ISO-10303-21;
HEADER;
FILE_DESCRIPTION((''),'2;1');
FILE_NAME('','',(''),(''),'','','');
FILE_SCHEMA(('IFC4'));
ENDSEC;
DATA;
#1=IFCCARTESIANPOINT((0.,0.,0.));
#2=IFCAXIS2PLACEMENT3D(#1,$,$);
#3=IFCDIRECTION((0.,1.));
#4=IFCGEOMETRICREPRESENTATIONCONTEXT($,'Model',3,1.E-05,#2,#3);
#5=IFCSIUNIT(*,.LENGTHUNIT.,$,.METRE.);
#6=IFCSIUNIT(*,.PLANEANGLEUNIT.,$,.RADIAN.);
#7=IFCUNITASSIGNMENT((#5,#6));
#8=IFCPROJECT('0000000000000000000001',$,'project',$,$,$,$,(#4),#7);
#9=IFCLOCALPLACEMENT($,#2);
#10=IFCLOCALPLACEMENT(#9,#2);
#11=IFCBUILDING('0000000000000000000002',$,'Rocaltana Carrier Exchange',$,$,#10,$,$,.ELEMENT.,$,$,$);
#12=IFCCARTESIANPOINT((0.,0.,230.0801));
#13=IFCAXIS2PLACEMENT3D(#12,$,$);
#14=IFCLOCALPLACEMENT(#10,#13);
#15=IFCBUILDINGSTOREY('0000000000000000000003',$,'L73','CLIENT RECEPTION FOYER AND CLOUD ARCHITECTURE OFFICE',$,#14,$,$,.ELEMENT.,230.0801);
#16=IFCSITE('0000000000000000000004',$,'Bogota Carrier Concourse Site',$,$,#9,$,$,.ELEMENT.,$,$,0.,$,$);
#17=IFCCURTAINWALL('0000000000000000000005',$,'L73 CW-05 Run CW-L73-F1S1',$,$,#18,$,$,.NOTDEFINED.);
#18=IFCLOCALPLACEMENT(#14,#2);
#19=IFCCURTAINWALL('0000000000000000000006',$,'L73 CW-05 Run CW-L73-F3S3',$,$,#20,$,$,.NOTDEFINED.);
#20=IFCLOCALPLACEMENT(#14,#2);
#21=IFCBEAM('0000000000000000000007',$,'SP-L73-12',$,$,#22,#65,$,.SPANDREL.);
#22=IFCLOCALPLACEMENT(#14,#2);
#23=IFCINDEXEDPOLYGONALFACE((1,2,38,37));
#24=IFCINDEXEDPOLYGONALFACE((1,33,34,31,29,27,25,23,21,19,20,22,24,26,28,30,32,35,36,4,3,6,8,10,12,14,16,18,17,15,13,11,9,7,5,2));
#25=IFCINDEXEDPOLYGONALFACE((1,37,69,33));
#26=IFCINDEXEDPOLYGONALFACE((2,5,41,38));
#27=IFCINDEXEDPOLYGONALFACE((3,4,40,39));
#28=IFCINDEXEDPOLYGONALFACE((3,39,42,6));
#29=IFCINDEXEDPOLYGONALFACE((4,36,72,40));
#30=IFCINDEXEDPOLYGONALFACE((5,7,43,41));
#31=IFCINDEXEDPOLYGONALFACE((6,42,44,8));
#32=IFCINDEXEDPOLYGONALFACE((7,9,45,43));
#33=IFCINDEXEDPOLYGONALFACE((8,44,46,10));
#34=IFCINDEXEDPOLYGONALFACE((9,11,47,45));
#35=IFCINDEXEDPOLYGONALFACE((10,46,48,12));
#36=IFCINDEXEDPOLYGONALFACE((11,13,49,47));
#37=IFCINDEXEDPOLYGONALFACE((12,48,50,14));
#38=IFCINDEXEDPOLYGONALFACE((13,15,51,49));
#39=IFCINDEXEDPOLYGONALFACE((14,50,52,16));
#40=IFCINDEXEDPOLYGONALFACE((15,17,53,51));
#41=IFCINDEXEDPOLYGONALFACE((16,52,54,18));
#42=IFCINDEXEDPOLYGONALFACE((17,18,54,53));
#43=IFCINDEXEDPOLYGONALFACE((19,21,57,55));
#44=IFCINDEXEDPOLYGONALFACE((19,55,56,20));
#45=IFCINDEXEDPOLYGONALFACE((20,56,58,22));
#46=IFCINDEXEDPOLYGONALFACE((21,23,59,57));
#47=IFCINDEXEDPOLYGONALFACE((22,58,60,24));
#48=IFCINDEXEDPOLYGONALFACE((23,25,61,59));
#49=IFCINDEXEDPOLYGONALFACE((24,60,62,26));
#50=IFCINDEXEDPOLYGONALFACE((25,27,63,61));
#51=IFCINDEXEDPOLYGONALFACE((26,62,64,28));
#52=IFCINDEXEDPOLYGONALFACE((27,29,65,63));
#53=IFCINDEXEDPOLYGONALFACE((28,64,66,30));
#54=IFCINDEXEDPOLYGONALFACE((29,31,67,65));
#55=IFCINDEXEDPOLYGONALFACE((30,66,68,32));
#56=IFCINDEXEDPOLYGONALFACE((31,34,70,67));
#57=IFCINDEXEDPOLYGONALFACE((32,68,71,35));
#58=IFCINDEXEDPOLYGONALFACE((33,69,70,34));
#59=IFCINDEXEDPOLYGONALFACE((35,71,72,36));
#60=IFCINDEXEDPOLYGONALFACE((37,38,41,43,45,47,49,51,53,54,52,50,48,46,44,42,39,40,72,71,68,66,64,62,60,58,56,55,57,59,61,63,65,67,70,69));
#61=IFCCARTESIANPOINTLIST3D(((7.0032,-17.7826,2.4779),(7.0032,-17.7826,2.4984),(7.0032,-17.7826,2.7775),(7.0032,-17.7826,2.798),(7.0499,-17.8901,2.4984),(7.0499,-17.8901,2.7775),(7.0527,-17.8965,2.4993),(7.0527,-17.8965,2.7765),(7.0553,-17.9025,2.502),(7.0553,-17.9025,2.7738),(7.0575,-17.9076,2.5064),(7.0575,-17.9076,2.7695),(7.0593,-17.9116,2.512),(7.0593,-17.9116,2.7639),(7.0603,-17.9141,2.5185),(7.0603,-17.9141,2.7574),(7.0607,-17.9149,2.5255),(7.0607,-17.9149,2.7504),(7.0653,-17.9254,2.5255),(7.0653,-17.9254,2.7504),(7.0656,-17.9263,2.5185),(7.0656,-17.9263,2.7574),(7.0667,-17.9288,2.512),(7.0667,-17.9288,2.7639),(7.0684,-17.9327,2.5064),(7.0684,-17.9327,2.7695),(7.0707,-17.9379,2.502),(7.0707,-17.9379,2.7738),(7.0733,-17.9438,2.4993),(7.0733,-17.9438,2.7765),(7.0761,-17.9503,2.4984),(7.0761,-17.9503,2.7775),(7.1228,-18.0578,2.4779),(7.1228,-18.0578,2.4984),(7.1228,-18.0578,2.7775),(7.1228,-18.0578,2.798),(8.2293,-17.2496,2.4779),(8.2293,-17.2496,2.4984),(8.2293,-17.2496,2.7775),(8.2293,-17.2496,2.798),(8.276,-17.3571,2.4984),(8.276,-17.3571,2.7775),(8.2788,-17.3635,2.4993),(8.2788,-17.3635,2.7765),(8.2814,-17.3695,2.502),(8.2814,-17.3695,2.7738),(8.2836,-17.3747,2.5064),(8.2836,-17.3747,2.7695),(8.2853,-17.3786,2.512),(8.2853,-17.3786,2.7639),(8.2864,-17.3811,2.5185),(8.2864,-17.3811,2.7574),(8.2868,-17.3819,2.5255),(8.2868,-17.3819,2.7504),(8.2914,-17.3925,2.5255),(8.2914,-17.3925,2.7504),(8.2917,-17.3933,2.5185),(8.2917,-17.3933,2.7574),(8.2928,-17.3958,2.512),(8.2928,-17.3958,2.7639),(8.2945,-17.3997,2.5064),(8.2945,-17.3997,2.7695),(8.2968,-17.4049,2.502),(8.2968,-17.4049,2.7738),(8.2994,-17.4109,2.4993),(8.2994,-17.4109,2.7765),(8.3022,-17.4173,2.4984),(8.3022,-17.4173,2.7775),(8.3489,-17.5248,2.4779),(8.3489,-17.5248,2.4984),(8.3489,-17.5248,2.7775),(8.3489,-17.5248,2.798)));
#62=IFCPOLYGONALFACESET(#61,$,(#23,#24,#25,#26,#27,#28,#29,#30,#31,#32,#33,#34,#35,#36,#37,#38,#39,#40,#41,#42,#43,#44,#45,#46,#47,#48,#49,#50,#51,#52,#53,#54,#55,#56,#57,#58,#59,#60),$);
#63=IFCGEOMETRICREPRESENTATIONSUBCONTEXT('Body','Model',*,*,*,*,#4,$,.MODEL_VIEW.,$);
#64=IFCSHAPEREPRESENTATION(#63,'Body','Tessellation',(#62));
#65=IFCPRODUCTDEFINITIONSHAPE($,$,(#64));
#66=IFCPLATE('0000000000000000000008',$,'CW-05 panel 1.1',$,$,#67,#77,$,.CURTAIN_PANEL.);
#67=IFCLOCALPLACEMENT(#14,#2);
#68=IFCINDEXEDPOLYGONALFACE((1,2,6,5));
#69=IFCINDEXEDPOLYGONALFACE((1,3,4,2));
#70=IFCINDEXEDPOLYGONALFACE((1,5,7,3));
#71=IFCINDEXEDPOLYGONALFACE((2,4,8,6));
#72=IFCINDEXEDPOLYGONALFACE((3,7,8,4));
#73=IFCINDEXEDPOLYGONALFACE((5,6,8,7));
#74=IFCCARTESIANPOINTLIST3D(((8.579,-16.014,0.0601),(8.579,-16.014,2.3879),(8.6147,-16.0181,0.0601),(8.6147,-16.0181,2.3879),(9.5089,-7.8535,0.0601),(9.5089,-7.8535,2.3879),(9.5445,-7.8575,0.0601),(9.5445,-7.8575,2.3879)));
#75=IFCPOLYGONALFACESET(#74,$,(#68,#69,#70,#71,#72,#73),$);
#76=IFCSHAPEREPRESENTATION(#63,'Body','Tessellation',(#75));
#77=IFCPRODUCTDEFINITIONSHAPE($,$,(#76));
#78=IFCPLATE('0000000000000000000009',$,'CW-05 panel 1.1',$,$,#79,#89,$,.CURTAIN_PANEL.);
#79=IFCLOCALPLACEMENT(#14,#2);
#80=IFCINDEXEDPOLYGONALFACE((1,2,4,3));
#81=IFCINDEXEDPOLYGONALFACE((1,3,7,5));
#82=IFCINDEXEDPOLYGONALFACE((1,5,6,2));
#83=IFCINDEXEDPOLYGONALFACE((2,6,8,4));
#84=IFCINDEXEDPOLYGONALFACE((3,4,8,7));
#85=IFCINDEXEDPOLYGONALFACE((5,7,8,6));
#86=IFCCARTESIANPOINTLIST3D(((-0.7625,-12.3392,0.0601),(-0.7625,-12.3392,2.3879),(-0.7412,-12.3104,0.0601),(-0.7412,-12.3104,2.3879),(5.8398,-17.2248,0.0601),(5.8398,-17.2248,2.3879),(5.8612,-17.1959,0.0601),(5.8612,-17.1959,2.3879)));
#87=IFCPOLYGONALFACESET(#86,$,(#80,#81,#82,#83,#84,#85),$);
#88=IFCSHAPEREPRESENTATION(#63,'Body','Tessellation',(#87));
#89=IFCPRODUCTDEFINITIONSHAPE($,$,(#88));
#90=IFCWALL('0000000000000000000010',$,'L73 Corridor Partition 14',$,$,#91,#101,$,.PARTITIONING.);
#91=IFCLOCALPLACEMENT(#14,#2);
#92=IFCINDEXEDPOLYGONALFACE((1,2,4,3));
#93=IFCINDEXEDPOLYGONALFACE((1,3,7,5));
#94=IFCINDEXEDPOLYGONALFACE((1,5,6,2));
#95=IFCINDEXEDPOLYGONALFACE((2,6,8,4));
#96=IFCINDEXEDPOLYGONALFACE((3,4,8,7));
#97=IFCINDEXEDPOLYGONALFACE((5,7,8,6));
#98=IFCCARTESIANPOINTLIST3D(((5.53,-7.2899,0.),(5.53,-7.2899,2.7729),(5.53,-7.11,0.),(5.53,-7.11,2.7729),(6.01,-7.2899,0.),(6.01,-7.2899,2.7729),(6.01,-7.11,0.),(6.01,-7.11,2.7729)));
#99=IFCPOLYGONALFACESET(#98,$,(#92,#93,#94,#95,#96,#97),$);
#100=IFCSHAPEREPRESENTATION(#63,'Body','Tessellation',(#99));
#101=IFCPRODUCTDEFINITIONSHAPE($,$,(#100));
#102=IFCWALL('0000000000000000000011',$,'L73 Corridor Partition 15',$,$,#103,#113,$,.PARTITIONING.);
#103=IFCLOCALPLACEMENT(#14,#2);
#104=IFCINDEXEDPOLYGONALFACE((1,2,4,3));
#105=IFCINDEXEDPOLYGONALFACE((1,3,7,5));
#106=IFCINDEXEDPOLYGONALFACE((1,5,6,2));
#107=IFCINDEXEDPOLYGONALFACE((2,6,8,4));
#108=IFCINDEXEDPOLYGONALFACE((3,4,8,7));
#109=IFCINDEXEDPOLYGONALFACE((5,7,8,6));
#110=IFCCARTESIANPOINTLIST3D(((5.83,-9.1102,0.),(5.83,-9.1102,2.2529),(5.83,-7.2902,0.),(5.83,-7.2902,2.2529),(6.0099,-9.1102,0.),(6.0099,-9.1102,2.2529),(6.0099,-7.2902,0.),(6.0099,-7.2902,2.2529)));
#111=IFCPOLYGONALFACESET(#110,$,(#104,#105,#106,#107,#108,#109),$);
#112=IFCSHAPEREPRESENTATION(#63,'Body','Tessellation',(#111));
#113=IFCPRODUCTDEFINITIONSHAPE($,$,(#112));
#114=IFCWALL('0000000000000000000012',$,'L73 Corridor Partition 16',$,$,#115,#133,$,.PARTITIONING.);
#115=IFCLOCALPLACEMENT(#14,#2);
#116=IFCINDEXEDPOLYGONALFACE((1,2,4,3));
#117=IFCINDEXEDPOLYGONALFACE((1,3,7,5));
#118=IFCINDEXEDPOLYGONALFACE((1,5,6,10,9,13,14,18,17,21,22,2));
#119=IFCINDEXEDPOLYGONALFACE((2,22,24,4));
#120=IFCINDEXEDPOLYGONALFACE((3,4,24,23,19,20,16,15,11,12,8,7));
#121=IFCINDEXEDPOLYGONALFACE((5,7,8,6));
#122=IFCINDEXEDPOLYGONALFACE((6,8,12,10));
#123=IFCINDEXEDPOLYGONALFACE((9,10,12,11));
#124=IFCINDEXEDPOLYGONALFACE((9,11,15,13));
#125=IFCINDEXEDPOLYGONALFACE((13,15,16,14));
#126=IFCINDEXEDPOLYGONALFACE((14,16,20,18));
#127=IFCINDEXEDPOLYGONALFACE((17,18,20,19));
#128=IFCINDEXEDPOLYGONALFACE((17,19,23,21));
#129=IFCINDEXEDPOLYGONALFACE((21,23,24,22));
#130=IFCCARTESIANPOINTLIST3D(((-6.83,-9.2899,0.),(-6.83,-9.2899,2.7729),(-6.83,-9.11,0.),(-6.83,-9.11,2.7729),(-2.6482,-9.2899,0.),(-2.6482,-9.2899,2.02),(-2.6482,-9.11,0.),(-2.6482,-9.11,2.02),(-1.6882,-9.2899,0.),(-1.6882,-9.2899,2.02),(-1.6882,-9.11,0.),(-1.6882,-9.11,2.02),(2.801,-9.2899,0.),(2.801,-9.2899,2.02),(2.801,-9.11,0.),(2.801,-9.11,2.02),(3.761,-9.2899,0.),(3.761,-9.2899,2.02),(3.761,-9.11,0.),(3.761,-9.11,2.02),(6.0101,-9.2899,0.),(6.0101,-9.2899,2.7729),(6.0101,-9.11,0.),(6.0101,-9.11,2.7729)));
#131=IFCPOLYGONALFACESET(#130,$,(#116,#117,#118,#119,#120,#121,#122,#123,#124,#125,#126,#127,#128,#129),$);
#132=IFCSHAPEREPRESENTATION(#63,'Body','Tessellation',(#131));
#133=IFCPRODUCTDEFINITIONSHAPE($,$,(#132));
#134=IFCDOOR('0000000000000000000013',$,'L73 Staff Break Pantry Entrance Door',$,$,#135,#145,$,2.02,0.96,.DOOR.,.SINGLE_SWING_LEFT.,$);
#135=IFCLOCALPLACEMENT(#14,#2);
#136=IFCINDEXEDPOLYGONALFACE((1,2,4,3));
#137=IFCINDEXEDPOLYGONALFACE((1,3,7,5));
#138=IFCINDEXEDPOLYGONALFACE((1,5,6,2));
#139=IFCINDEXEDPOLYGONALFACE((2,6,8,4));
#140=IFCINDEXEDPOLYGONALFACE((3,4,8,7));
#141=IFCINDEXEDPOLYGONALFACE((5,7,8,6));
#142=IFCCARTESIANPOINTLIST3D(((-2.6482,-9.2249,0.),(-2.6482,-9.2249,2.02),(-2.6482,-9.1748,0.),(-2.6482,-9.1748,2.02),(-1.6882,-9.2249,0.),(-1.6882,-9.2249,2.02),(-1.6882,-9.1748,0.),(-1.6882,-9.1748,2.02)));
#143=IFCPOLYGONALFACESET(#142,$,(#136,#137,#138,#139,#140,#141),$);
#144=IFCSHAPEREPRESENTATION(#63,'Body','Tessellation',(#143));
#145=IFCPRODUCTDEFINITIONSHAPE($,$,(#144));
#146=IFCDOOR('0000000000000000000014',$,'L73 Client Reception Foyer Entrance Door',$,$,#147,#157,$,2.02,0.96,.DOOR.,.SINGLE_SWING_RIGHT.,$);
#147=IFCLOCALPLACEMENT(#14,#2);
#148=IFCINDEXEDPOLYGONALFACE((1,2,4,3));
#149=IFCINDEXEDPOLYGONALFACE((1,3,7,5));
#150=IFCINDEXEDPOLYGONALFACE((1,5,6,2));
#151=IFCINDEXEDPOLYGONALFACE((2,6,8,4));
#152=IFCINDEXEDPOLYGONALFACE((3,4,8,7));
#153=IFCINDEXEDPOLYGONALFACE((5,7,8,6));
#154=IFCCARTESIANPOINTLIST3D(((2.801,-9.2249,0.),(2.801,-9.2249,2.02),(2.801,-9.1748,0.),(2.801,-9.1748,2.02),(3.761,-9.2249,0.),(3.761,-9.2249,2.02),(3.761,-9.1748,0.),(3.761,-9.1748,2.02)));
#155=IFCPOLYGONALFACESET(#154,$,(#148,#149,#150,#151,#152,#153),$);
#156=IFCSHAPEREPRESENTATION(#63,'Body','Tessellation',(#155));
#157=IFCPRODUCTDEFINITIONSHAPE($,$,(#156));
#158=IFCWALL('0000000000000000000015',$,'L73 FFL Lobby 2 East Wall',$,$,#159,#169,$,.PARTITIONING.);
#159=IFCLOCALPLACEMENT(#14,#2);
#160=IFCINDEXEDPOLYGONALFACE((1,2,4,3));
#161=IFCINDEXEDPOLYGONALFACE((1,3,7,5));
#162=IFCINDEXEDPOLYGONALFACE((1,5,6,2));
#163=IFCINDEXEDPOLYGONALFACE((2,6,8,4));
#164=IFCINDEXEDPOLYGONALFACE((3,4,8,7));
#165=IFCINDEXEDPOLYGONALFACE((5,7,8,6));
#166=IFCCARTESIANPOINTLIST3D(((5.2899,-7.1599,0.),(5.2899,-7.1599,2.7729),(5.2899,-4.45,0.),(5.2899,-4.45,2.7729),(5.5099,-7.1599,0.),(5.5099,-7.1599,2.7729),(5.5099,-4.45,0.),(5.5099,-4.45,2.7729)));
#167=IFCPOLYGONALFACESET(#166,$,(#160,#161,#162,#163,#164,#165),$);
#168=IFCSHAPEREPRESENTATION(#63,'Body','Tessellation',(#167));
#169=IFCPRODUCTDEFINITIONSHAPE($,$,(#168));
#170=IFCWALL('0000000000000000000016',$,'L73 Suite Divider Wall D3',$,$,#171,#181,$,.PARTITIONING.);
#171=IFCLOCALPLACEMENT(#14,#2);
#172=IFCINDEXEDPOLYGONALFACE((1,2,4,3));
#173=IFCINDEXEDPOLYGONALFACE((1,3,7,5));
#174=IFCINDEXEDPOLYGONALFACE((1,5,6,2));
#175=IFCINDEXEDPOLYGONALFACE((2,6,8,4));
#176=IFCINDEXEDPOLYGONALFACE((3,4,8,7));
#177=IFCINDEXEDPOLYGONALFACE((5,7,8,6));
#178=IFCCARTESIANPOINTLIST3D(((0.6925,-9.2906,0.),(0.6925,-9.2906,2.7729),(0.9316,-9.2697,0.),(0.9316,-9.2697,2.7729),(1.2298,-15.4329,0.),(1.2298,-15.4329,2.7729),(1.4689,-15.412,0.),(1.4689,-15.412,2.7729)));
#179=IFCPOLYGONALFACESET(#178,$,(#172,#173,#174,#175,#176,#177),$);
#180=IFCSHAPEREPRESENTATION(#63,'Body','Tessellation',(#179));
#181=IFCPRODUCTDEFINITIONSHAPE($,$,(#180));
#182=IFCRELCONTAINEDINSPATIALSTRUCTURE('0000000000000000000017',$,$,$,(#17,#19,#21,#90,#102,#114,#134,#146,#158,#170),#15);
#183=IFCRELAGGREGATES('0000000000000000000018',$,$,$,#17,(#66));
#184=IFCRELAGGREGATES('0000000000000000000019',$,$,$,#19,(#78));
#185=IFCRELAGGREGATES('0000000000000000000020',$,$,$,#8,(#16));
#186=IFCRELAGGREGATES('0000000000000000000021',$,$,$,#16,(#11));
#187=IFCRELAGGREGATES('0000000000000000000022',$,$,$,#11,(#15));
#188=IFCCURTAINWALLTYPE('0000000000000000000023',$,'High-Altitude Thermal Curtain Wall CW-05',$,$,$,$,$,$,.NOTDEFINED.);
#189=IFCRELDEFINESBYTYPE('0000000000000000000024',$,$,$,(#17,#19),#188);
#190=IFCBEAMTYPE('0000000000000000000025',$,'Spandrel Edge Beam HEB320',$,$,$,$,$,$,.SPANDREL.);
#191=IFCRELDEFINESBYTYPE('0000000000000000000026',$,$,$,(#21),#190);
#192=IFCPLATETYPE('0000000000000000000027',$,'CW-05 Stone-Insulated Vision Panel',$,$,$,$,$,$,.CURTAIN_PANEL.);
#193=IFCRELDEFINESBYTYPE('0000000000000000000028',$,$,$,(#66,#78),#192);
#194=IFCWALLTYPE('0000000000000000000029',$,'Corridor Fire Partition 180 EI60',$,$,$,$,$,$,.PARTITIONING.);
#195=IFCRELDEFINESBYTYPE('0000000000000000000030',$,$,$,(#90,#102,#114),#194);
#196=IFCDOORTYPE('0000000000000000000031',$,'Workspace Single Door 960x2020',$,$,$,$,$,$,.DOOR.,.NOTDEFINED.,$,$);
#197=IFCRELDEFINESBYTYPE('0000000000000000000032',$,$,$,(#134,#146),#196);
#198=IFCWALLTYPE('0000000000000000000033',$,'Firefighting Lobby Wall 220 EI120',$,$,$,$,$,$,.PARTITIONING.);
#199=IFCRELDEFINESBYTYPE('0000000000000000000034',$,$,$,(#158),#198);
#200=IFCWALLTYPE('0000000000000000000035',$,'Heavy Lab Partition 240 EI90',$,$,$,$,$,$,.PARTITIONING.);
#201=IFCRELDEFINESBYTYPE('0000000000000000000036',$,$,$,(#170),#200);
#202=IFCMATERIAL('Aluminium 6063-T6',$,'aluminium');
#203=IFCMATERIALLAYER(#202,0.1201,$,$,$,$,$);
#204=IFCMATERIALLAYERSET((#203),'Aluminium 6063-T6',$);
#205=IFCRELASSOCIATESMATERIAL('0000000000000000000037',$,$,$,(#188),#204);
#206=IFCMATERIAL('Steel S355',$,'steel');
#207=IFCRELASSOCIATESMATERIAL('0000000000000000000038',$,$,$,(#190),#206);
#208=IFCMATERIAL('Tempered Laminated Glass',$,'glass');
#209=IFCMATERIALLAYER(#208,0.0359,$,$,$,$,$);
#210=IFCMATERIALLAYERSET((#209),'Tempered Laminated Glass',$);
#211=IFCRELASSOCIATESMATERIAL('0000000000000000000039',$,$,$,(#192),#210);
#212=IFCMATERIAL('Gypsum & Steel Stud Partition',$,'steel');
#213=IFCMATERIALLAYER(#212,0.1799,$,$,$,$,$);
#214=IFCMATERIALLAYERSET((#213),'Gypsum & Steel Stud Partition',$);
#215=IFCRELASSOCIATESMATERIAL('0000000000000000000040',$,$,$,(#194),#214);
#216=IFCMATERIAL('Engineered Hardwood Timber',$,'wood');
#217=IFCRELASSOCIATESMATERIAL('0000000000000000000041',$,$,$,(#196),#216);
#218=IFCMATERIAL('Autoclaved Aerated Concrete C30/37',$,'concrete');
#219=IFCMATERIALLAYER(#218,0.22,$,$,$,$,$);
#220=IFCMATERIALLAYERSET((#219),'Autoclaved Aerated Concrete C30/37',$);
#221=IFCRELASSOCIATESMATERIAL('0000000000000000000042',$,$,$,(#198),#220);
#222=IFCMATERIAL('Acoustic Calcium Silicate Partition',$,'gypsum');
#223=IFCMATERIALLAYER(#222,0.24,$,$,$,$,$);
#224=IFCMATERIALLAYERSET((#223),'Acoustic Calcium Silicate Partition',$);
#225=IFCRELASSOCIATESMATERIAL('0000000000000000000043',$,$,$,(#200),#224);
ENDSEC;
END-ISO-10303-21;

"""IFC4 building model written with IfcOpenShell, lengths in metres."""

from ifc_helpers import new_model, si_unit, direction, frame, frame_2d, origin, origin_2d, place, context, subcontext, project, spatial, rectangle, i_section, extrude, material, layer, layer_set, material_profile, profile_set, type_object, element, fill, aggregate, save


model = new_model("IFC4")

# Units and contexts
model_context = context("Model", 3, precision=1e-05, world=origin(), true_north=direction((0.0, 1.0)))
body_context = subcontext(model_context, "Body", "Model", "MODEL_VIEW")
ifc_project = project(units=[si_unit("LENGTHUNIT", "METRE"), si_unit("PLANEANGLEUNIT", "RADIAN")], contexts=[model_context])

# Site, building, storey
site_placement = place(None, origin())
site = spatial("IfcSite", under=ifc_project, at=site_placement, Name="Bogota Carrier Concourse Site", CompositionType="ELEMENT", RefElevation=0.0)
building_placement = place(site_placement, origin())
building = spatial("IfcBuilding", under=site, at=building_placement, Name="Rocaltana Carrier Exchange", CompositionType="ELEMENT")
storey_placement = place(building_placement, frame((0.0, 0.0, 230.0801)))
storey = spatial("IfcBuildingStorey", under=building, at=storey_placement, Name="L73", Description="CLIENT RECEPTION FOYER AND CLOUD ARCHITECTURE OFFICE", CompositionType="ELEMENT", Elevation=230.0801)

# Curtain wall
ifc_material_1 = material(Name="Aluminium 6063-T6", Category="aluminium")
ifc_layer_1 = layer(ifc_material_1, 0.1201)
ifc_layer_set_1 = layer_set([ifc_layer_1], Name="Aluminium 6063-T6")
curtain_wall_type = type_object("IfcCurtainWallType", Name="High-Altitude Thermal Curtain Wall CW-05", PredefinedType="NOTDEFINED", material=ifc_layer_set_1)
curtain_wall_1_placement = place(storey_placement, origin())
curtain_wall_1 = element("IfcCurtainWall", 1, at=curtain_wall_1_placement, inside=storey, type_object=curtain_wall_type, Name="L73 CW-05 Run CW-L73-F1S1", PredefinedType="NOTDEFINED")

# Curtain wall
curtain_wall_2_placement = place(storey_placement, origin())
curtain_wall_2 = element("IfcCurtainWall", 2, at=curtain_wall_2_placement, inside=storey, type_object=curtain_wall_type, Name="L73 CW-05 Run CW-L73-F3S3", PredefinedType="NOTDEFINED")

# Beam
ifc_material_2 = material(Name="Steel S355", Category="steel")
ifc_material_profile_1 = material_profile(ifc_material_2, i_section(OverallWidth=0.3, OverallDepth=0.3201, WebThickness=0.0115, FlangeThickness=0.0205, FilletRadius=0.0271, at=origin_2d()), Name="HEB320")
ifc_profile_set_1 = profile_set([ifc_material_profile_1], Name="Steel S355")
beam_type_1 = type_object("IfcBeamType", Name="Spandrel Edge Beam HEB320", PredefinedType="SPANDREL", material=ifc_profile_set_1)
beam_1_placement = place(storey_placement, frame((7.063, -17.9202, 2.6379), z_axis=(0.917102, 0.398653, 0.0), x_axis=(-0.398653, 0.917102, 0.0)))
element("IfcBeam", 3, at=beam_1_placement, inside=storey, type_object=beam_type_1, Name="SP-L73-12", PredefinedType="SPANDREL", context=body_context, shape_type="SweptSolid", body=[
    extrude(i_section(OverallWidth=0.3, OverallDepth=0.3201, WebThickness=0.0115, FlangeThickness=0.0205, FilletRadius=0.0271, at=origin_2d()), origin(), (0.0, 0.0, 1.0), 1.3369),
])

# Plates
ifc_material_3 = material(Name="Tempered Laminated Glass", Category="glass")
ifc_layer_2 = layer(ifc_material_3, 0.0359)
ifc_layer_set_2 = layer_set([ifc_layer_2], Name="Tempered Laminated Glass")
plate_type = type_object("IfcPlateType", Name="CW-05 Stone-Insulated Vision Panel", PredefinedType="CURTAIN_PANEL", material=ifc_layer_set_2)
plate_1_placement = place(storey_placement, frame((9.0618, -11.9358, 0.0601), z_axis=(0.0, 0.0, 1.0), x_axis=(0.113209, 0.993571, 0.0)))
plate_1 = element("IfcPlate", 4, at=plate_1_placement, type_object=plate_type, Name="CW-05 panel 1.1", PredefinedType="CURTAIN_PANEL", context=body_context, shape_type="SweptSolid", body=[
    extrude(rectangle(XDim=8.2134, YDim=0.0359, at=origin_2d()), origin(), (0.0, 0.0, 1.0), 2.3279),
])
aggregate(curtain_wall_1, [plate_1])
plate_2_placement = place(storey_placement, frame((2.5493, -14.7676, 0.0601), z_axis=(0.0, 0.0, 1.0), x_axis=(0.803854, -0.594827, 0.0)))
plate_2 = element("IfcPlate", 5, at=plate_2_placement, type_object=plate_type, Name="CW-05 panel 1.1", PredefinedType="CURTAIN_PANEL", context=body_context, shape_type="SweptSolid", body=[
    extrude(rectangle(XDim=8.2134, YDim=0.0359, at=origin_2d()), origin(), (0.0, 0.0, 1.0), 2.3279),
])
aggregate(curtain_wall_2, [plate_2])

# Walls
ifc_material_4 = material(Name="Gypsum & Steel Stud Partition", Category="steel")
ifc_layer_3 = layer(ifc_material_4, 0.1799)
ifc_layer_set_3 = layer_set([ifc_layer_3], Name="Gypsum & Steel Stud Partition")
wall_type_1 = type_object("IfcWallType", Name="Corridor Fire Partition 180 EI60", PredefinedType="PARTITIONING", material=ifc_layer_set_3)
wall_1_placement = place(storey_placement, frame((5.53, -7.2, 0.0), z_axis=(0.0, 0.0, 1.0), x_axis=(1.0, 0.0, 0.0)))
element("IfcWall", 6, at=wall_1_placement, inside=storey, type_object=wall_type_1, Name="L73 Corridor Partition 14", PredefinedType="PARTITIONING", context=body_context, shape_type="SweptSolid", body=[
    extrude(rectangle(XDim=0.48, YDim=0.1799, at=frame_2d((0.24, 0.0))), origin(), (0.0, 0.0, 1.0), 2.7729),
])
wall_2_placement = place(storey_placement, frame((5.9199, -7.29, 0.0), z_axis=(0.0, 0.0, 1.0), x_axis=(0.0, -1.0, 0.0)))
element("IfcWall", 7, at=wall_2_placement, inside=storey, type_object=wall_type_1, Name="L73 Corridor Partition 15", PredefinedType="PARTITIONING", context=body_context, shape_type="SweptSolid", body=[
    extrude(rectangle(XDim=1.8201, YDim=0.1799, at=frame_2d((0.9102, 0.0))), origin(), (0.0, 0.0, 1.0), 2.2529),
])

# Wall, openings, doors
wall_3_placement = place(storey_placement, frame((6.01, -9.2, 0.0), z_axis=(0.0, 0.0, 1.0), x_axis=(-1.0, 0.0, 0.0)))
wall_3 = element("IfcWall", 8, at=wall_3_placement, inside=storey, type_object=wall_type_1, Name="L73 Corridor Partition 16", PredefinedType="PARTITIONING", context=body_context, shape_type="SweptSolid", body=[
    extrude(rectangle(XDim=12.8401, YDim=0.1799, at=frame_2d((6.4199, 0.0))), origin(), (0.0, 0.0, 1.0), 2.7729),
])
opening_1_placement = place(wall_3_placement, frame((7.6982, 0.0, 0.0)))
opening_1 = element("IfcOpeningElement", 9, at=opening_1_placement, cuts=wall_3, PredefinedType="OPENING", context=body_context, shape_type="SweptSolid", body=[
    extrude(rectangle(XDim=0.96, YDim=2.02, at=frame_2d((0.48, 1.01))), frame((0.0, 0.0999, 0.0), z_axis=(0.0, -1.0, 0.0), x_axis=(1.0, 0.0, 0.0)), (0.0, 0.0, 1.0), 0.2),
])
opening_2_placement = place(wall_3_placement, frame((2.249, 0.0, 0.0)))
opening_2 = element("IfcOpeningElement", 10, at=opening_2_placement, cuts=wall_3, PredefinedType="OPENING", context=body_context, shape_type="SweptSolid", body=[
    extrude(rectangle(XDim=0.96, YDim=2.02, at=frame_2d((0.48, 1.01))), frame((0.0, 0.0999, 0.0), z_axis=(0.0, -1.0, 0.0), x_axis=(1.0, 0.0, 0.0)), (0.0, 0.0, 1.0), 0.2),
])
ifc_material_5 = material(Name="Engineered Hardwood Timber", Category="wood")
door_type = type_object("IfcDoorType", Name="Workspace Single Door 960x2020", OperationType="NOTDEFINED", PredefinedType="DOOR", material=ifc_material_5)
door_1_placement = place(opening_1_placement, origin())
door_1 = element("IfcDoor", 11, at=door_1_placement, inside=storey, type_object=door_type, Name="L73 Staff Break Pantry Entrance Door", OperationType="SINGLE_SWING_LEFT", OverallHeight=2.02, OverallWidth=0.96, PredefinedType="DOOR", context=body_context, shape_type="SweptSolid", body=[
    extrude(rectangle(XDim=0.96, YDim=2.02, at=frame_2d((0.48, 1.01))), frame((0.0, 0.0249, 0.0), z_axis=(0.0, -1.0, 0.0), x_axis=(1.0, 0.0, 0.0)), (0.0, 0.0, 1.0), 0.05),
])
fill(opening_1, door_1)
door_2_placement = place(opening_2_placement, origin())
door_2 = element("IfcDoor", 12, at=door_2_placement, inside=storey, type_object=door_type, Name="L73 Client Reception Foyer Entrance Door", OperationType="SINGLE_SWING_RIGHT", OverallHeight=2.02, OverallWidth=0.96, PredefinedType="DOOR", context=body_context, shape_type="SweptSolid", body=[
    extrude(rectangle(XDim=0.96, YDim=2.02, at=frame_2d((0.48, 1.01))), frame((0.0, 0.0249, 0.0), z_axis=(0.0, -1.0, 0.0), x_axis=(1.0, 0.0, 0.0)), (0.0, 0.0, 1.0), 0.05),
])
fill(opening_2, door_2)

# Walls
ifc_material_6 = material(Name="Autoclaved Aerated Concrete C30/37", Category="concrete")
ifc_layer_4 = layer(ifc_material_6, 0.22)
ifc_layer_set_4 = layer_set([ifc_layer_4], Name="Autoclaved Aerated Concrete C30/37")
wall_type_2 = type_object("IfcWallType", Name="Firefighting Lobby Wall 220 EI120", PredefinedType="PARTITIONING", material=ifc_layer_set_4)
wall_4_placement = place(storey_placement, frame((5.3999, -7.1599, 0.0), z_axis=(0.0, 0.0, 1.0), x_axis=(0.0, 1.0, 0.0)))
element("IfcWall", 13, at=wall_4_placement, inside=storey, type_object=wall_type_2, Name="L73 FFL Lobby 2 East Wall", PredefinedType="PARTITIONING", context=body_context, shape_type="SweptSolid", body=[
    extrude(rectangle(XDim=2.71, YDim=0.22, at=frame_2d((1.355, 0.0))), origin(), (0.0, 0.0, 1.0), 2.7729),
])
ifc_material_7 = material(Name="Acoustic Calcium Silicate Partition", Category="gypsum")
ifc_layer_5 = layer(ifc_material_7, 0.24)
ifc_layer_set_5 = layer_set([ifc_layer_5], Name="Acoustic Calcium Silicate Partition")
wall_type_3 = type_object("IfcWallType", Name="Heavy Lab Partition 240 EI90", PredefinedType="PARTITIONING", material=ifc_layer_set_5)
wall_5_placement = place(storey_placement, frame((0.812, -9.28, 0.0), z_axis=(0.0, 0.0, 1.0), x_axis=(0.087151, -0.996195, 0.0)))
element("IfcWall", 14, at=wall_5_placement, inside=storey, type_object=wall_type_3, Name="L73 Suite Divider Wall D3", PredefinedType="PARTITIONING", context=body_context, shape_type="SweptSolid", body=[
    extrude(rectangle(XDim=6.1658, YDim=0.24, at=frame_2d((3.083, 0.0))), origin(), (0.0, 0.0, 1.0), 2.7729),
])

save(model, "model.ifc")
